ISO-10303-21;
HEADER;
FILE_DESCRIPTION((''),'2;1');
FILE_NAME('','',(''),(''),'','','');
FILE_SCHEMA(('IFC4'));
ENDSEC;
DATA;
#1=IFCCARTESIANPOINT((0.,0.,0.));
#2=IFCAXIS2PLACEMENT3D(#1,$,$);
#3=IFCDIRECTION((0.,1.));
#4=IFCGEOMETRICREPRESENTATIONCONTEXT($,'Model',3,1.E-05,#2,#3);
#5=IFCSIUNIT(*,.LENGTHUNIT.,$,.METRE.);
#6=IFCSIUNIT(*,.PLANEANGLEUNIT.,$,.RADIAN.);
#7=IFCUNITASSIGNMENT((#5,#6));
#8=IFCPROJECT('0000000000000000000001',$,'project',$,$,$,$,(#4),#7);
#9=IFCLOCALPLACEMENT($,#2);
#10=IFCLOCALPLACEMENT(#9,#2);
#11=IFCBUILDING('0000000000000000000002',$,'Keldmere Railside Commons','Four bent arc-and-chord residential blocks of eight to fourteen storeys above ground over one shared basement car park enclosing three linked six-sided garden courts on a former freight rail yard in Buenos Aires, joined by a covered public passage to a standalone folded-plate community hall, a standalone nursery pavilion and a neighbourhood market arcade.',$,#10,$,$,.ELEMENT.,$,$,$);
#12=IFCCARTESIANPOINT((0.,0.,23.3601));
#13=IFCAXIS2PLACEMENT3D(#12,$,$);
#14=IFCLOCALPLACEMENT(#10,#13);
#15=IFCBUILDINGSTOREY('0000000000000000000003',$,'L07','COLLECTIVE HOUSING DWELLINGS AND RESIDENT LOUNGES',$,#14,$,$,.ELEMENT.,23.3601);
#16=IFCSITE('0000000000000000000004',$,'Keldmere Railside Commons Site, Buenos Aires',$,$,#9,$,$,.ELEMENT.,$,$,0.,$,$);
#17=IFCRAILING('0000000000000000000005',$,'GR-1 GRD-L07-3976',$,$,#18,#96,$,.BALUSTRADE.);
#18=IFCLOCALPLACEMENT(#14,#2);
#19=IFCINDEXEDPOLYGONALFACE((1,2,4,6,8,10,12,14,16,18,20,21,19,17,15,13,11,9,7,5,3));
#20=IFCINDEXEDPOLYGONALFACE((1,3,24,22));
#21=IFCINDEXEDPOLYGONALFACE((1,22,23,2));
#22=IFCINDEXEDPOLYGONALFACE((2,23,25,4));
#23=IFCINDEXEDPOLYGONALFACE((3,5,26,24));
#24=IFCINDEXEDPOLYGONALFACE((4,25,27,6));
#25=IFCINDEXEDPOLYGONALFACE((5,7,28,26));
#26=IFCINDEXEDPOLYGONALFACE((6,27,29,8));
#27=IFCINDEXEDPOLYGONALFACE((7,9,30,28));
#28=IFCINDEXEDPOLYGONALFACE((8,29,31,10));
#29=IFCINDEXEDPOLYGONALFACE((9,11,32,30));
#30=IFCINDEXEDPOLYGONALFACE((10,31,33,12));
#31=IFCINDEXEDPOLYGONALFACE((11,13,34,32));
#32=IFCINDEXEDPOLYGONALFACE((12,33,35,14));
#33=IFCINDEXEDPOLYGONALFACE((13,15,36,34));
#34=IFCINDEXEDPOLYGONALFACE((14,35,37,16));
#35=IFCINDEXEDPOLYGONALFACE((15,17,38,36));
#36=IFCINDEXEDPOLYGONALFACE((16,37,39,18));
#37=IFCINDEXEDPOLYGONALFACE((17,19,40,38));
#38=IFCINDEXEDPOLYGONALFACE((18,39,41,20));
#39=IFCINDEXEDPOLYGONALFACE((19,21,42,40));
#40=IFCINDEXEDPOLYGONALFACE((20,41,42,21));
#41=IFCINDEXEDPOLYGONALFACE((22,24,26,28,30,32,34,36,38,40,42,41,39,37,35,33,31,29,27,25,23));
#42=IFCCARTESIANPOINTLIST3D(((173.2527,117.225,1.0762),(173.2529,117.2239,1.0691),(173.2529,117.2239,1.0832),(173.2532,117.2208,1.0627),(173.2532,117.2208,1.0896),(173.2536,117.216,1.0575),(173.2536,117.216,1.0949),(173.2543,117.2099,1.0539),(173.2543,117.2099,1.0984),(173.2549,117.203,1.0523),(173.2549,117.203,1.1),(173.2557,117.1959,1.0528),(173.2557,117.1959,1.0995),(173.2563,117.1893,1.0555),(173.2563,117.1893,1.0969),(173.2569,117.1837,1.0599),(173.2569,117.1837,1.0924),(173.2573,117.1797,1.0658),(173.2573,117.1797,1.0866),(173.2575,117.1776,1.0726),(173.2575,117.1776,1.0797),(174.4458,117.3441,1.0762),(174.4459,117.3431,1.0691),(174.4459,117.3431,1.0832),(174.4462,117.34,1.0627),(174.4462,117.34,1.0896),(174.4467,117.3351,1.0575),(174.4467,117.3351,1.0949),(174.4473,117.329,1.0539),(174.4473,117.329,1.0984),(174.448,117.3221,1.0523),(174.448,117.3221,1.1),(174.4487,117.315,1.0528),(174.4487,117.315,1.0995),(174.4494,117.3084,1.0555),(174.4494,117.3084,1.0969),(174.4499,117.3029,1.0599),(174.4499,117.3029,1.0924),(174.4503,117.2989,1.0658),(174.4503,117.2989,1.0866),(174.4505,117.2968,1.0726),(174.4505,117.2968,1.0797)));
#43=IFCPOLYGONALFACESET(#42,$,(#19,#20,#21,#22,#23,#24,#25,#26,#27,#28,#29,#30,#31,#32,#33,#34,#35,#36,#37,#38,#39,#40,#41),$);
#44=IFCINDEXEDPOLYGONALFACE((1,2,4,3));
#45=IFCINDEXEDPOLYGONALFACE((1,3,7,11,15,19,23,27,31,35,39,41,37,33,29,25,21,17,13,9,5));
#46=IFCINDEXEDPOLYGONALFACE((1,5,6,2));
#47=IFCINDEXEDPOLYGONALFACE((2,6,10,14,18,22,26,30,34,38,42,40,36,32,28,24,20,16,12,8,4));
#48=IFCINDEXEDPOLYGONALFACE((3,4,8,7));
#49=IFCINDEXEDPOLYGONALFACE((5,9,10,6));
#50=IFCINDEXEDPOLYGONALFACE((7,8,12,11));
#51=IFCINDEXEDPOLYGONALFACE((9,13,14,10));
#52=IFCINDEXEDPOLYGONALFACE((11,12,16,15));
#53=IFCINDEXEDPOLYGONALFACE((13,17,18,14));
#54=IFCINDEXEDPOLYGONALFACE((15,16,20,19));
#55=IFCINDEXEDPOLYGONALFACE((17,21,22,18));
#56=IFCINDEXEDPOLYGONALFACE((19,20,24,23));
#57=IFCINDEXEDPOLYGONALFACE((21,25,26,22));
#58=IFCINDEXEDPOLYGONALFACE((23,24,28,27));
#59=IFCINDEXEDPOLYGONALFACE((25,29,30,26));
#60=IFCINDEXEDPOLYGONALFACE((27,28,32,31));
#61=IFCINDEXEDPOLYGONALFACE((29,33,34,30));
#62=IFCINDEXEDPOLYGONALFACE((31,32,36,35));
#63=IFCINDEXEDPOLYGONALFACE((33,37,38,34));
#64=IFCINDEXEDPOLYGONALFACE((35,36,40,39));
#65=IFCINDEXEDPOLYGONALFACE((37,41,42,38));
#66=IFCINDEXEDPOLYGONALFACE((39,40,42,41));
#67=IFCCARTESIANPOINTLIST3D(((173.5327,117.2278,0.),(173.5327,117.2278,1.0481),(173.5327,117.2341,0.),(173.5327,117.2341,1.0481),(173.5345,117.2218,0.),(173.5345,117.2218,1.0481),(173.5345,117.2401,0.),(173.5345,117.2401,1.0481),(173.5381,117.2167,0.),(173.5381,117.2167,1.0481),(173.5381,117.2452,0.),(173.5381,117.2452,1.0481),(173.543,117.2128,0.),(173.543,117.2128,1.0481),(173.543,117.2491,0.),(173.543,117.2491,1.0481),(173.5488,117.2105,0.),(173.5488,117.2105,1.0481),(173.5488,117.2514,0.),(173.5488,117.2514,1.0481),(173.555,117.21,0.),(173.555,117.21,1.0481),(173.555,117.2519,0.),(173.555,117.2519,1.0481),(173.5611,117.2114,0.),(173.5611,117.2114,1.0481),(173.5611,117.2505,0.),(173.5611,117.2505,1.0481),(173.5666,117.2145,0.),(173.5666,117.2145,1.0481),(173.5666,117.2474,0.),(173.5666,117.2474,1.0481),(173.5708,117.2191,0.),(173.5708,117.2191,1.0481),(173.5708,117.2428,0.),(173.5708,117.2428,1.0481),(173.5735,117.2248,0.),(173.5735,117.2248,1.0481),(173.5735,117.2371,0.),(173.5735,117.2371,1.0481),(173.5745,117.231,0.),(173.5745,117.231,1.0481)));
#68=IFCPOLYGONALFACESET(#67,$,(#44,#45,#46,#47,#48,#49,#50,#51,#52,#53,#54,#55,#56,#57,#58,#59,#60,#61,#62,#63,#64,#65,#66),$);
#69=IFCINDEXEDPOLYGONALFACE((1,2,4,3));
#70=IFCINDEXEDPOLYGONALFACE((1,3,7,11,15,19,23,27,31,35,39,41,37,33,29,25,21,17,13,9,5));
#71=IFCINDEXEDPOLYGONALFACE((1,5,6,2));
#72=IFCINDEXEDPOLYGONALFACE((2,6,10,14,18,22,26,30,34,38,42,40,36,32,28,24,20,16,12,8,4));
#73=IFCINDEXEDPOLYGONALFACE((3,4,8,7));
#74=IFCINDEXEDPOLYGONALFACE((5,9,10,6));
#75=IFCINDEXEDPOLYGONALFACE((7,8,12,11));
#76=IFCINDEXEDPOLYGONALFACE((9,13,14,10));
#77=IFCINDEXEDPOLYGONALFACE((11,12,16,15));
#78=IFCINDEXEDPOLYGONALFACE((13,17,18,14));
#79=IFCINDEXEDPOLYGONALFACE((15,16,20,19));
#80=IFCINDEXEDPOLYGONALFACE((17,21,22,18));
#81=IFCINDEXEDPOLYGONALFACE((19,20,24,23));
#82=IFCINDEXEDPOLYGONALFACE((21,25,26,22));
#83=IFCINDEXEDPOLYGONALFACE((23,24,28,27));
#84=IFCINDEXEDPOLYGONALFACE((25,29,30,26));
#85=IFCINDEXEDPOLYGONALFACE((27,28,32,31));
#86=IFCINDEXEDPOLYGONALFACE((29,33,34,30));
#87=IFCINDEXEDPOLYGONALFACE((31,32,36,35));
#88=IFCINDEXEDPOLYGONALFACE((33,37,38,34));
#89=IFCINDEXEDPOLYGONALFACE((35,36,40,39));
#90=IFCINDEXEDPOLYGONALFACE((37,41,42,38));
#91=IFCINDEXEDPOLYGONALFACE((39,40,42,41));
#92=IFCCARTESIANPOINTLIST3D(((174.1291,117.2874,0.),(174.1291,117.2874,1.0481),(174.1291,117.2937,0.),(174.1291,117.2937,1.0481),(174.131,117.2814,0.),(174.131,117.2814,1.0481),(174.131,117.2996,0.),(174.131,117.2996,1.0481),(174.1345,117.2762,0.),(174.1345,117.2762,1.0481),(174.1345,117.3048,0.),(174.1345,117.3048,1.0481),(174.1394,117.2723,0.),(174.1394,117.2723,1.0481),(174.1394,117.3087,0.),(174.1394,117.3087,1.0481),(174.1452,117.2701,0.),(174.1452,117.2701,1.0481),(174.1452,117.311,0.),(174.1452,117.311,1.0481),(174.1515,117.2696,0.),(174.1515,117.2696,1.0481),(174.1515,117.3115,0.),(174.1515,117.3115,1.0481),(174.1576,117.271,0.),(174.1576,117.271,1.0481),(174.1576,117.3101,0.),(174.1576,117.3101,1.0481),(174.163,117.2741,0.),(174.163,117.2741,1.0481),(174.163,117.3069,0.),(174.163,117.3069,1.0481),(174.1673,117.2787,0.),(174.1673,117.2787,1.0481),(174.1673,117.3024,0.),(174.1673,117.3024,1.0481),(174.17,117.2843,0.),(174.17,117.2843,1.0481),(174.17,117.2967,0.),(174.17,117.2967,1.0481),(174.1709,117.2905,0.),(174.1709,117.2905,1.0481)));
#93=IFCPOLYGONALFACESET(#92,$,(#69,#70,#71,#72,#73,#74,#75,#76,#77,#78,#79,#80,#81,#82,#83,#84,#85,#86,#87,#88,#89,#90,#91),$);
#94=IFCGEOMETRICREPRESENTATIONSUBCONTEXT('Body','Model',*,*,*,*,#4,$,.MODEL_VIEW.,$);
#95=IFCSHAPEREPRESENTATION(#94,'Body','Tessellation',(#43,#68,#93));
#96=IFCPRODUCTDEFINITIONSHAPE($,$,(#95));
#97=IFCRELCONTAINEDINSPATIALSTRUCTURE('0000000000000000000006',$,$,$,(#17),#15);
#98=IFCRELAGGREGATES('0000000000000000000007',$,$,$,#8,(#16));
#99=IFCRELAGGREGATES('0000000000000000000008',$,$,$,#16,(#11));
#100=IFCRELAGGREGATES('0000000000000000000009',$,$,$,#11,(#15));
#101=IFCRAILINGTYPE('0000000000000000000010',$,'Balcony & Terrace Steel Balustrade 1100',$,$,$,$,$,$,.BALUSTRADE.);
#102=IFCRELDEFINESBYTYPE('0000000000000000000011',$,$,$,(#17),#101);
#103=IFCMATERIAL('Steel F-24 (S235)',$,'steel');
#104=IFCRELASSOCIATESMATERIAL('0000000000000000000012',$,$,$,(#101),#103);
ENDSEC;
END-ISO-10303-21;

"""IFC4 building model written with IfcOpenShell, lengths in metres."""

from ifc_helpers import new_model, si_unit, direction, frame, origin, origin_2d, place, context, subcontext, project, spatial, circle, extrude, material, type_object, element, save


model = new_model("IFC4")

# Units and contexts
model_context = context("Model", 3, precision=1e-05, world=origin(), true_north=direction((0.0, 1.0)))
body_context = subcontext(model_context, "Body", "Model", "MODEL_VIEW")
ifc_project = project(units=[si_unit("LENGTHUNIT", "METRE"), si_unit("PLANEANGLEUNIT", "RADIAN")], contexts=[model_context])

# Site, building, storey
site_placement = place(None, origin())
site = spatial("IfcSite", under=ifc_project, at=site_placement, Name="Keldmere Railside Commons Site, Buenos Aires", CompositionType="ELEMENT", RefElevation=0.0)
building_placement = place(site_placement, origin())
building = spatial("IfcBuilding", under=site, at=building_placement, Name="Keldmere Railside Commons", Description="Four bent arc-and-chord residential blocks of eight to fourteen storeys above ground over one shared basement car park enclosing three linked six-sided garden courts on a former freight rail yard in Buenos Aires, joined by a covered public passage to a standalone folded-plate community hall, a standalone nursery pavilion and a neighbourhood market arcade.", CompositionType="ELEMENT")
storey_placement = place(building_placement, frame((0.0, 0.0, 23.3601)))
storey = spatial("IfcBuildingStorey", under=building, at=storey_placement, Name="L07", Description="COLLECTIVE HOUSING DWELLINGS AND RESIDENT LOUNGES", CompositionType="ELEMENT", Elevation=23.3601)

# Railing
ifc_material_1 = material(Name="Steel F-24 (S235)", Category="steel")
railing_type = type_object("IfcRailingType", Name="Balcony & Terrace Steel Balustrade 1100", PredefinedType="BALUSTRADE", material=ifc_material_1)
railing_1_placement = place(storey_placement, frame((173.2551, 117.2012, 0.0)))
element("IfcRailing", 1, at=railing_1_placement, inside=storey, type_object=railing_type, Name="GR-1 GRD-L07-3976", PredefinedType="BALUSTRADE", context=body_context, shape_type="SweptSolid", body=[
    extrude(circle(Radius=0.0239, at=origin_2d()), frame((0.0, 0.0, 1.0762), z_axis=(0.995051, 0.099363, 0.0), x_axis=(-0.099363, 0.995051, 0.0)), (0.0, 0.0, 1.0), 1.199),
    extrude(circle(Radius=0.021, at=origin_2d()), frame((0.2983, 0.0298, 0.0)), (0.0, 0.0, 1.0), 1.0481),
    extrude(circle(Radius=0.021, at=origin_2d()), frame((0.8948, 0.0894, 0.0)), (0.0, 0.0, 1.0), 1.0481),
])

save(model, "model.ifc")
